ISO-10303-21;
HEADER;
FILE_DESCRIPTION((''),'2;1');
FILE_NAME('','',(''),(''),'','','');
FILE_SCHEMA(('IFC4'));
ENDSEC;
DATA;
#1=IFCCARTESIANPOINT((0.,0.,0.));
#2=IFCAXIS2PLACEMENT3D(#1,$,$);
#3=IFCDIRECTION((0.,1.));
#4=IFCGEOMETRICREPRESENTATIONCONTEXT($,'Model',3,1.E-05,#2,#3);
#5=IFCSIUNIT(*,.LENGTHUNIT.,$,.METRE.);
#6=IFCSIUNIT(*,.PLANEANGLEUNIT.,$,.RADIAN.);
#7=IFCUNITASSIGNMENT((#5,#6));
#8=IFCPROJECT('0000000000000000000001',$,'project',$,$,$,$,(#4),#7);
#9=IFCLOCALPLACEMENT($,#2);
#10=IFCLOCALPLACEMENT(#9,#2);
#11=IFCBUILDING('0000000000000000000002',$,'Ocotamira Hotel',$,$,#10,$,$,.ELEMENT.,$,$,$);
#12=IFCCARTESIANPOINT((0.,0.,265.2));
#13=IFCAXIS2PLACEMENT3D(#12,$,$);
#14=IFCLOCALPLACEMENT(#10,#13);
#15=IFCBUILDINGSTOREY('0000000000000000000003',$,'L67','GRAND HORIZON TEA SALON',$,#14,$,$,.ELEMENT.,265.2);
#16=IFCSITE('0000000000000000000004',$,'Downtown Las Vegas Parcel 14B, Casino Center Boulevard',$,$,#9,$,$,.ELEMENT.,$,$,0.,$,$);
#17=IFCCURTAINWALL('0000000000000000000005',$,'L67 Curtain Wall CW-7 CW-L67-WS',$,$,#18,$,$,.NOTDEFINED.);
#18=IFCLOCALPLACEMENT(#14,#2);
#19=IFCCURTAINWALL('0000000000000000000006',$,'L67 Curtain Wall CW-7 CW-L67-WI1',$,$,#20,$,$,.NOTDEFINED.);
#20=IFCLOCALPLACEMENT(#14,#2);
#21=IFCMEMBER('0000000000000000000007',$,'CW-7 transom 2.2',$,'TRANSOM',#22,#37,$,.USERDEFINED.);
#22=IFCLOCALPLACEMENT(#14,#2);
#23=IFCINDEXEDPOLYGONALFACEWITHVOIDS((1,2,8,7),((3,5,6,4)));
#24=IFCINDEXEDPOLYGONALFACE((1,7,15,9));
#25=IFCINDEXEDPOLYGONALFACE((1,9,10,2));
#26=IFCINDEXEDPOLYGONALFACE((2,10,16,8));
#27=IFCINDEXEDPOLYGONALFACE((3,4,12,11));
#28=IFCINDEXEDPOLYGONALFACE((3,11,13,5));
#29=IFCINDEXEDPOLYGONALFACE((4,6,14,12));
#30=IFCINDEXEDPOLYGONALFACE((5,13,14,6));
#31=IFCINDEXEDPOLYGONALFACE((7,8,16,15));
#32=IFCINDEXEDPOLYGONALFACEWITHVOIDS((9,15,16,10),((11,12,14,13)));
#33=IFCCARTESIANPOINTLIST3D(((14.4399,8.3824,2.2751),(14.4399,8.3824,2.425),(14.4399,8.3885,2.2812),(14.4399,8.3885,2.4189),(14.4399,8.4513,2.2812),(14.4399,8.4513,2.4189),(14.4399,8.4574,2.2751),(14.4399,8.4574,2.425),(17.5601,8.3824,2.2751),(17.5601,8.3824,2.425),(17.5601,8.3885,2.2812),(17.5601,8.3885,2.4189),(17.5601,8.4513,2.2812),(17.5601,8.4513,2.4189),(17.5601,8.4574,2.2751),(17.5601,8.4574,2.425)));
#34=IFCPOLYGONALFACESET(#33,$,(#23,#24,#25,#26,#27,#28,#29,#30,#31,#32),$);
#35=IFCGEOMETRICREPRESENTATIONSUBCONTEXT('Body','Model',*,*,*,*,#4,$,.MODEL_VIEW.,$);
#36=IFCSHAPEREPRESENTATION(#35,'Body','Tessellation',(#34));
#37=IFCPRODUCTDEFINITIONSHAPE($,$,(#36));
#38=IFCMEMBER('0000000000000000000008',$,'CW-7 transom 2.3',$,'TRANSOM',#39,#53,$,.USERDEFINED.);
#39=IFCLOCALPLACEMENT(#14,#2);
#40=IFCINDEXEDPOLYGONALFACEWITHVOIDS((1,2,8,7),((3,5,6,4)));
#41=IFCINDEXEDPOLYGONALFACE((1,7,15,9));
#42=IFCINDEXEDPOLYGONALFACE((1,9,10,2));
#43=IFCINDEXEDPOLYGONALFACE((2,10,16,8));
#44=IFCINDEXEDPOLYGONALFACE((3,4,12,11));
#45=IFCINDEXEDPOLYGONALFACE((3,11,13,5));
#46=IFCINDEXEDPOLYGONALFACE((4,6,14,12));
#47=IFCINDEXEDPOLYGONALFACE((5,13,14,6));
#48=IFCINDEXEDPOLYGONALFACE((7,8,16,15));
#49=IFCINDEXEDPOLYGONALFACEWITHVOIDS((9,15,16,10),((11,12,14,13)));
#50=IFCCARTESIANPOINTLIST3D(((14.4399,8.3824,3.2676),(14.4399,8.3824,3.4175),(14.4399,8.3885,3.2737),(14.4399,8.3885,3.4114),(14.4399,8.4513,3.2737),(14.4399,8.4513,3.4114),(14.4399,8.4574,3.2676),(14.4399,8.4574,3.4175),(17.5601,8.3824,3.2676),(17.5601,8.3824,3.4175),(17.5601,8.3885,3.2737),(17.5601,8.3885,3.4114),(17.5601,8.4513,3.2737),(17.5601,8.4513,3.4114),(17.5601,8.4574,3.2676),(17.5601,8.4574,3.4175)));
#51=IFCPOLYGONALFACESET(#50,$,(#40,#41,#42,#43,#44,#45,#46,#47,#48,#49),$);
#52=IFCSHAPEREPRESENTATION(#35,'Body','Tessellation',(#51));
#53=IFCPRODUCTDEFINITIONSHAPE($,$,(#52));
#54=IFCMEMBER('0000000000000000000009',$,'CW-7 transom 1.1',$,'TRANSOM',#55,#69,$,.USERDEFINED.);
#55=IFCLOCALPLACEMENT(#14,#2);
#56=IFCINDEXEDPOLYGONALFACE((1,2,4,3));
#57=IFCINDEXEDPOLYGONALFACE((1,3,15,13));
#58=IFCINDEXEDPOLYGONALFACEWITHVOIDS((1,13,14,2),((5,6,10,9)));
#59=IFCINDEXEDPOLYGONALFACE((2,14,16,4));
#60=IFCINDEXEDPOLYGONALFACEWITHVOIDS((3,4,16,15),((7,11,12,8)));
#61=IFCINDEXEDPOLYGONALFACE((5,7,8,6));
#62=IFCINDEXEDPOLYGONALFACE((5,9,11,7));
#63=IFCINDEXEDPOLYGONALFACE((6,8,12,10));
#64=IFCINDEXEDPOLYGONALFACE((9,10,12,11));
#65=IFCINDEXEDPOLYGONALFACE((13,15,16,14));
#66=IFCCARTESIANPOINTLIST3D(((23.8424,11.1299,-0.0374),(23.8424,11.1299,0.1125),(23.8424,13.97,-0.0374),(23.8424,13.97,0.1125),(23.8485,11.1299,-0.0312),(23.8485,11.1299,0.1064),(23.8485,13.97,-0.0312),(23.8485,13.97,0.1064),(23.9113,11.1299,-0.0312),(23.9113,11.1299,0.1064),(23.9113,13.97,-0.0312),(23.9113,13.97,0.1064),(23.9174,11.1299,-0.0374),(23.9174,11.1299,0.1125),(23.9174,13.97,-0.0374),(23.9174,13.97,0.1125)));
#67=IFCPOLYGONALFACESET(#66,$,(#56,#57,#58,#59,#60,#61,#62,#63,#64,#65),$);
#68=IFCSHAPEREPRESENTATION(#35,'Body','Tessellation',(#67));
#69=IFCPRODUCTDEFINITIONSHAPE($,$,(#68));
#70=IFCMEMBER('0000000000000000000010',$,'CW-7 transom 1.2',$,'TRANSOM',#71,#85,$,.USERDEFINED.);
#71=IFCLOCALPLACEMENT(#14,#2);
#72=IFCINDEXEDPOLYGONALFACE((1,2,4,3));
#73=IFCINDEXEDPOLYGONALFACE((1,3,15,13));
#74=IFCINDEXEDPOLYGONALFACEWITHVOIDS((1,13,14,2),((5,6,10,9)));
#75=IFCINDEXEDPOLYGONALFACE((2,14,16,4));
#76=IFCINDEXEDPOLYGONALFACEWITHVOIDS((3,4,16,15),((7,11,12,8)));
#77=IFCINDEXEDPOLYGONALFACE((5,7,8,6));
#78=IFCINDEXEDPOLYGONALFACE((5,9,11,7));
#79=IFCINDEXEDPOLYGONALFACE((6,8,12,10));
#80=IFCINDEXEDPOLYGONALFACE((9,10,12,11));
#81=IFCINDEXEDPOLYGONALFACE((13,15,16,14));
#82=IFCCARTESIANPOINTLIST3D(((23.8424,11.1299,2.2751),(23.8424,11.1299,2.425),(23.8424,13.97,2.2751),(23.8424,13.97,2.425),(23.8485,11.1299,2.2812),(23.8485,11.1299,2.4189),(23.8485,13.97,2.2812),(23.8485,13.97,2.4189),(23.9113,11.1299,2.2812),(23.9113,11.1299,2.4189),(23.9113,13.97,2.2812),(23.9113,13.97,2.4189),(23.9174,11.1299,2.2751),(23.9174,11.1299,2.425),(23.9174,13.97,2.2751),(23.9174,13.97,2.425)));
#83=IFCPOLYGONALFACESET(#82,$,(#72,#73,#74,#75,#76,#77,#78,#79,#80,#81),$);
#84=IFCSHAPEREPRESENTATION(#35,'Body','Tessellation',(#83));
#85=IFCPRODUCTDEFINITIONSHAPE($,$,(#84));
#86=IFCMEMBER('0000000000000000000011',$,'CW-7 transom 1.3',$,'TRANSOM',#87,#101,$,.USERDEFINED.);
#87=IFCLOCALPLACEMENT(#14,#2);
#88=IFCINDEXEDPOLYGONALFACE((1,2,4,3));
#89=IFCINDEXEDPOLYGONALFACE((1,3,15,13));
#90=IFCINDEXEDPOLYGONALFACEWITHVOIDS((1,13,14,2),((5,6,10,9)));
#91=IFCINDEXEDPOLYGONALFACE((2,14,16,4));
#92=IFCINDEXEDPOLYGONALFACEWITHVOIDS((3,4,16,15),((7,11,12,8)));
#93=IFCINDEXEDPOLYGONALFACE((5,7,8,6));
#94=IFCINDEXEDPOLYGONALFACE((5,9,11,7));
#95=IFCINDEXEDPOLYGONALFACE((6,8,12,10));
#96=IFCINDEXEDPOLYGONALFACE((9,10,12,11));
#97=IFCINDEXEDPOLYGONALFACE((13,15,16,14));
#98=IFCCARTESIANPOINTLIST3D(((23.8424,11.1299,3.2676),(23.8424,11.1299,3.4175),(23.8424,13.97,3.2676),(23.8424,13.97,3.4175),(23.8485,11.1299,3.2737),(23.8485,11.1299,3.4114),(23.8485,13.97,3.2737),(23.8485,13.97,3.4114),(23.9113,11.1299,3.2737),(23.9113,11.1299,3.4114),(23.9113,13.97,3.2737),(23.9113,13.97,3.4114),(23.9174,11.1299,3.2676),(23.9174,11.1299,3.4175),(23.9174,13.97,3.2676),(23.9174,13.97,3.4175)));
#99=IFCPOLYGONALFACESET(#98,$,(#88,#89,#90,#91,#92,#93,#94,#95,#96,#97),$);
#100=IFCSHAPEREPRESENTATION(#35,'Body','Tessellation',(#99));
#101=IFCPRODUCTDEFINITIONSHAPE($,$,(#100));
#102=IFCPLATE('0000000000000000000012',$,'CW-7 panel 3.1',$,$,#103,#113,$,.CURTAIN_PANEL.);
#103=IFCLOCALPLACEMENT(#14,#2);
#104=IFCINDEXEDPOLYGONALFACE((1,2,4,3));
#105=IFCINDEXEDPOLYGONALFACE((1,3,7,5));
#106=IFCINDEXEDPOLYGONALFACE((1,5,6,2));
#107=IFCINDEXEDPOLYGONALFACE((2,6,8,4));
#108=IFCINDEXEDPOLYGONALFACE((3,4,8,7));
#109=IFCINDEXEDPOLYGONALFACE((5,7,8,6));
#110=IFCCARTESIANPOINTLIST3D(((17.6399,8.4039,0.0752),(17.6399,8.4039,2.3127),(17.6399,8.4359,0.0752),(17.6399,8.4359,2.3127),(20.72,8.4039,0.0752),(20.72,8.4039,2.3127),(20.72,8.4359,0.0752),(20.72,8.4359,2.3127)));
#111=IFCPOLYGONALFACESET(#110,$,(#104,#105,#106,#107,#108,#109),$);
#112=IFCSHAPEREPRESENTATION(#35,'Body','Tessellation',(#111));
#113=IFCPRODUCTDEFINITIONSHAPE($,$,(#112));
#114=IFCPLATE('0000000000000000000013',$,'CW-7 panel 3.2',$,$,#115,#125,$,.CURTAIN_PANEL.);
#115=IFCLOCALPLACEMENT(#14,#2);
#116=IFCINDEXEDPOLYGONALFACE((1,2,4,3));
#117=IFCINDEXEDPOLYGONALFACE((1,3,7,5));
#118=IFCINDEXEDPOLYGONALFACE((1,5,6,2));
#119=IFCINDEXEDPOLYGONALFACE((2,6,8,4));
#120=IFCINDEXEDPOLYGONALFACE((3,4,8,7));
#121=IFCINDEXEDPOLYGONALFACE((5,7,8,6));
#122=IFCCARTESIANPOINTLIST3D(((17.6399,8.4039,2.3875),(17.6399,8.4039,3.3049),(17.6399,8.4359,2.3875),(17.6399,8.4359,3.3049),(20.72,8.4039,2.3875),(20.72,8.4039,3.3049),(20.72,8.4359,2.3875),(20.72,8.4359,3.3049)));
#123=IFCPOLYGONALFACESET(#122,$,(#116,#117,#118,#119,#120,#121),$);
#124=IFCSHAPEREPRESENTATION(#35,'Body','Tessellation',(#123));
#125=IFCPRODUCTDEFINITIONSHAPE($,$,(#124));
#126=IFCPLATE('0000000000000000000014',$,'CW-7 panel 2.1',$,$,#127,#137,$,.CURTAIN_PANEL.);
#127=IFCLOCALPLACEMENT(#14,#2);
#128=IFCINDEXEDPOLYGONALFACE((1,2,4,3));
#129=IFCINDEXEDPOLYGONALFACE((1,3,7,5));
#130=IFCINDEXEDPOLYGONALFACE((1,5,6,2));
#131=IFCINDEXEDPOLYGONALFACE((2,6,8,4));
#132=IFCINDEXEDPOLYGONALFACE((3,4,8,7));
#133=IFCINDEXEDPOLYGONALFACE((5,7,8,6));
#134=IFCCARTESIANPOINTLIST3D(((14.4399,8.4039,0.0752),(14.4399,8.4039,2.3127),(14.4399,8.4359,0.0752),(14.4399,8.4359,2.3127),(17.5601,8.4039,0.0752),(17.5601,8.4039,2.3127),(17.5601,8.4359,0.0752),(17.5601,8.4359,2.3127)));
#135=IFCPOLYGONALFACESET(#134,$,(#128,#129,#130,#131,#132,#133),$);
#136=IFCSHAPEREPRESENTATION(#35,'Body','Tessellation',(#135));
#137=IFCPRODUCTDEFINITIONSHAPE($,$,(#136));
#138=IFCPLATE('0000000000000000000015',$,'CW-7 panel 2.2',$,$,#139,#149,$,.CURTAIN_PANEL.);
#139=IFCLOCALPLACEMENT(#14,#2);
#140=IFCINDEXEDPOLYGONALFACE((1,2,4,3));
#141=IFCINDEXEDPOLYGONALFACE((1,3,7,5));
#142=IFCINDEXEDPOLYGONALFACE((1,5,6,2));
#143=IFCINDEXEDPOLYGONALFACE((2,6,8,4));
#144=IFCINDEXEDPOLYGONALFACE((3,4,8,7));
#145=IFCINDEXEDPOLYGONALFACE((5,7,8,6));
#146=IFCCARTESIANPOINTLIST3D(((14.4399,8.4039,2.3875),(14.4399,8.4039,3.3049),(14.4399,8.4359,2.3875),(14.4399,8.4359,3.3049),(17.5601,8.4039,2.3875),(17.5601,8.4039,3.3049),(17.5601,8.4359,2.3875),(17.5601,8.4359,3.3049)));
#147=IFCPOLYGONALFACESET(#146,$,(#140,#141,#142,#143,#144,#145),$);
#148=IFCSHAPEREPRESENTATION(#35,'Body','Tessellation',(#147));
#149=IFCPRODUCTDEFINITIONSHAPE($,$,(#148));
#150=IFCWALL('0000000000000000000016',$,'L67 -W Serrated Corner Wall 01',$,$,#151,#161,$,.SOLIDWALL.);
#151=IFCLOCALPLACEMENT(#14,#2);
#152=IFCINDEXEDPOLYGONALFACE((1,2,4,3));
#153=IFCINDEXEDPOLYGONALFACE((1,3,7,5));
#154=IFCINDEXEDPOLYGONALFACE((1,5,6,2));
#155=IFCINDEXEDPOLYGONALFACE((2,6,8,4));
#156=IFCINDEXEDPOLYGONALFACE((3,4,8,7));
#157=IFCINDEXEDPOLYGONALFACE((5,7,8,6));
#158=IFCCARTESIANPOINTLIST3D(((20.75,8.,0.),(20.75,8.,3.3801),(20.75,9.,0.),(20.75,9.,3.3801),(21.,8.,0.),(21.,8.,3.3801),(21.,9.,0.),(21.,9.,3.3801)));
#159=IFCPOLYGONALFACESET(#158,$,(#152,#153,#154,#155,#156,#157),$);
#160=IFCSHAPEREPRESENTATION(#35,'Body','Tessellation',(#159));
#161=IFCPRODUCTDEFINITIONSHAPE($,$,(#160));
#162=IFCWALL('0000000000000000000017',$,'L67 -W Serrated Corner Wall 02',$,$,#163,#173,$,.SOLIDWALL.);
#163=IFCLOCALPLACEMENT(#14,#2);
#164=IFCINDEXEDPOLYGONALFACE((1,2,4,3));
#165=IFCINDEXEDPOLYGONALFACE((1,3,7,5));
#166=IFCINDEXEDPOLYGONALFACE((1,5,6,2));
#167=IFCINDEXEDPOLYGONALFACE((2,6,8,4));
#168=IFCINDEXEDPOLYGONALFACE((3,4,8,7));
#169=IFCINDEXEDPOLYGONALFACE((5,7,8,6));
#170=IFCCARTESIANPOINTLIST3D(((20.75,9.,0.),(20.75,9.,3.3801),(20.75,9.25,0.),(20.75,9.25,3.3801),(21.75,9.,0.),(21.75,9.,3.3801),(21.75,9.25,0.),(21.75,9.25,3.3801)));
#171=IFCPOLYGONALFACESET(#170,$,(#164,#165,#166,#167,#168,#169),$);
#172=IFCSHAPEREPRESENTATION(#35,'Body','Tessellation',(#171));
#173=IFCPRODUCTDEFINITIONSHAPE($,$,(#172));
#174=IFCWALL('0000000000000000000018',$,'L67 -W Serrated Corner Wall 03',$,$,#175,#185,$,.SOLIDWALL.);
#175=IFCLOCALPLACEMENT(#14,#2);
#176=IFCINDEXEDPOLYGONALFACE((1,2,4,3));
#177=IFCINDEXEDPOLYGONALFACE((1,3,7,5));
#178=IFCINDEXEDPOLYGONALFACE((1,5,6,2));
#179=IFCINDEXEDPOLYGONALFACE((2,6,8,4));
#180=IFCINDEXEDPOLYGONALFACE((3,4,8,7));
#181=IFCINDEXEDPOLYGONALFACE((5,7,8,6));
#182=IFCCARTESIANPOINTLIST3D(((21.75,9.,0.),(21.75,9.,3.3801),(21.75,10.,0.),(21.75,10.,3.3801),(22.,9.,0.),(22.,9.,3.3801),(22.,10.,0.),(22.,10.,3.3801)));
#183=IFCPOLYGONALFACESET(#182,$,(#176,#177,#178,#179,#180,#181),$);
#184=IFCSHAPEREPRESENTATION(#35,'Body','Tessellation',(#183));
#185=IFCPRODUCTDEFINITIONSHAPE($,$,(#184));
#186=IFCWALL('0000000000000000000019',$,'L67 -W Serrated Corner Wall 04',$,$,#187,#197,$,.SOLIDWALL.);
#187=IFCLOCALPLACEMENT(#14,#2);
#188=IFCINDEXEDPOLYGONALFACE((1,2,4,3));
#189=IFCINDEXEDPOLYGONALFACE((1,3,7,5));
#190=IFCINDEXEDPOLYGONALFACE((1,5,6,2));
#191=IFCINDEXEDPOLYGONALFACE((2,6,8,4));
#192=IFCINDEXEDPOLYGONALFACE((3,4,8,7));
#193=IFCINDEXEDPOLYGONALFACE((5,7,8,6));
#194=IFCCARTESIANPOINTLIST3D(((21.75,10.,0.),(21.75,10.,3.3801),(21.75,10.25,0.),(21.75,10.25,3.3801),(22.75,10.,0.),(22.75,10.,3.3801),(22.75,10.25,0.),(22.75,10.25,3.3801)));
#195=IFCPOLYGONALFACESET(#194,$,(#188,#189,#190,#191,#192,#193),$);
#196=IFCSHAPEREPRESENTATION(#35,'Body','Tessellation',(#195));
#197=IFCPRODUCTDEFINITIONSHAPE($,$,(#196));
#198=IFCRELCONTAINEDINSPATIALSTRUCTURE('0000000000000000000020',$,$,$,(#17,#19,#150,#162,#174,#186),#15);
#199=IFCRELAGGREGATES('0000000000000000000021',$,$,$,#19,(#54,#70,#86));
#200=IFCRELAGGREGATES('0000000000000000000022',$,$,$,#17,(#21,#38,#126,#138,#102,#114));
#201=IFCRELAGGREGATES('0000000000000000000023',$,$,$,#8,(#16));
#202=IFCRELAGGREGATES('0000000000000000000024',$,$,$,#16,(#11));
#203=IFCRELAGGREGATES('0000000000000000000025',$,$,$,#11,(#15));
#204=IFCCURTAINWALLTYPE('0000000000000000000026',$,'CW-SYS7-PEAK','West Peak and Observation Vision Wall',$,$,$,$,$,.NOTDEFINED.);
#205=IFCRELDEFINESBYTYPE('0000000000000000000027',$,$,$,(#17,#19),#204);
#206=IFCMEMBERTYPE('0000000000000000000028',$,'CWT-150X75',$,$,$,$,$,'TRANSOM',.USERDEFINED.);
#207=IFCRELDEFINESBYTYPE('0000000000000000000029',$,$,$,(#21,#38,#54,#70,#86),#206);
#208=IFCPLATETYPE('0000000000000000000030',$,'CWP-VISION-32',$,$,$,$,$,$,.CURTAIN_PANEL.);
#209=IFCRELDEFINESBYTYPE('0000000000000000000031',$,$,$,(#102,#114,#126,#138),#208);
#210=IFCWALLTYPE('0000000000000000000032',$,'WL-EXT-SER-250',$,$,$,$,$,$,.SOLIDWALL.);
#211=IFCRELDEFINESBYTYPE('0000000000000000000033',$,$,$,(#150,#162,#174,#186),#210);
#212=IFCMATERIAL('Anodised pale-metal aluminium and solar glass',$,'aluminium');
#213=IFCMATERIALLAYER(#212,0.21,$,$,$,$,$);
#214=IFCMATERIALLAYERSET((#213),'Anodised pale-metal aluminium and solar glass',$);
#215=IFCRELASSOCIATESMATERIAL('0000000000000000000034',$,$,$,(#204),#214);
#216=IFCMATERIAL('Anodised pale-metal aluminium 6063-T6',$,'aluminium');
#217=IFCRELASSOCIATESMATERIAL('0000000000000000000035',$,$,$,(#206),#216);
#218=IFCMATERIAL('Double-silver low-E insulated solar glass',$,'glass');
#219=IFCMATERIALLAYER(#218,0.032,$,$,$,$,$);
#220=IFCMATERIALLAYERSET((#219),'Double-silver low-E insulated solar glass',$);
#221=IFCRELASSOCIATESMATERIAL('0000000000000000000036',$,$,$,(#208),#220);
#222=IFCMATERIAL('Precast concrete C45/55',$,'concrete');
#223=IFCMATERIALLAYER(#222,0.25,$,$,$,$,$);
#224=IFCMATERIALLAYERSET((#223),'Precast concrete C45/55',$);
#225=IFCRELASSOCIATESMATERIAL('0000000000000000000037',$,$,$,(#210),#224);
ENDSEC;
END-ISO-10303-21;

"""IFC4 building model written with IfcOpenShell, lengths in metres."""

from ifc_helpers import new_model, si_unit, direction, frame, frame_2d, origin, origin_2d, place, context, subcontext, project, spatial, rectangle, hollow_rectangle, extrude, source, transform, mapped, material, layer, layer_set, material_profile, profile_set, type_object, element, aggregate, save


model = new_model("IFC4")

# Units and contexts
model_context = context("Model", 3, precision=1e-05, world=origin(), true_north=direction((0.0, 1.0)))
body_context = subcontext(model_context, "Body", "Model", "MODEL_VIEW")
ifc_project = project(units=[si_unit("LENGTHUNIT", "METRE"), si_unit("PLANEANGLEUNIT", "RADIAN")], contexts=[model_context])

# Site, building, storey
site_placement = place(None, origin())
site = spatial("IfcSite", under=ifc_project, at=site_placement, Name="Downtown Las Vegas Parcel 14B, Casino Center Boulevard", CompositionType="ELEMENT", RefElevation=0.0)
building_placement = place(site_placement, origin())
building = spatial("IfcBuilding", under=site, at=building_placement, Name="Ocotamira Hotel", CompositionType="ELEMENT")
storey_placement = place(building_placement, frame((0.0, 0.0, 265.2)))
storey = spatial("IfcBuildingStorey", under=building, at=storey_placement, Name="L67", Description="GRAND HORIZON TEA SALON", CompositionType="ELEMENT", Elevation=265.2)

# Curtain wall
ifc_material_1 = material(Name="Anodised pale-metal aluminium and solar glass", Category="aluminium")
ifc_layer_1 = layer(ifc_material_1, 0.21)
ifc_layer_set_1 = layer_set([ifc_layer_1], Name="Anodised pale-metal aluminium and solar glass")
curtain_wall_type = type_object("IfcCurtainWallType", Name="CW-SYS7-PEAK", Description="West Peak and Observation Vision Wall", PredefinedType="NOTDEFINED", material=ifc_layer_set_1)
curtain_wall_1_placement = place(storey_placement, origin())
curtain_wall_1 = element("IfcCurtainWall", 1, at=curtain_wall_1_placement, inside=storey, type_object=curtain_wall_type, Name="L67 Curtain Wall CW-7 CW-L67-WS", PredefinedType="NOTDEFINED")
ifc_material_2 = material(Name="Anodised pale-metal aluminium 6063-T6", Category="aluminium")

# Curtain wall
curtain_wall_2_placement = place(storey_placement, origin())
curtain_wall_2 = element("IfcCurtainWall", 2, at=curtain_wall_2_placement, inside=storey, type_object=curtain_wall_type, Name="L67 Curtain Wall CW-7 CW-L67-WI1", PredefinedType="NOTDEFINED")

# Members
ifc_material_profile_1 = material_profile(ifc_material_2, hollow_rectangle(XDim=0.075, YDim=0.1499, WallThickness=0.0061, at=origin_2d()), Name="HSS150X75X6")
ifc_profile_set_1 = profile_set([ifc_material_profile_1], Name="Anodised pale-metal aluminium 6063-T6")
member_type_1 = type_object("IfcMemberType", Name="CWT-150X75", ElementType="TRANSOM", PredefinedType="USERDEFINED", material=ifc_profile_set_1)
shared_shape_1 = source(origin(), body_context, "Body", "SweptSolid", [
    extrude(hollow_rectangle(XDim=0.075, YDim=0.1499, WallThickness=0.0061, at=origin_2d()), origin(), (0.0, 0.0, 1.0), 3.1201),
])
member_1_placement = place(storey_placement, frame((14.4399, 8.4199, 2.3501), z_axis=(1.0, 0.0, 0.0), x_axis=(0.0, 1.0, 0.0)))
member_1 = element("IfcMember", 3, at=member_1_placement, type_object=member_type_1, Name="CW-7 transom 2.2", ObjectType="TRANSOM", PredefinedType="USERDEFINED", context=body_context, shape_type="MappedRepresentation", body=[
    mapped(shared_shape_1, transform((0.0, 0.0, 0.0), scale=1.0)),
])
member_2_placement = place(storey_placement, frame((14.4399, 8.4199, 3.3425), z_axis=(1.0, 0.0, 0.0), x_axis=(0.0, 1.0, 0.0)))
member_2 = element("IfcMember", 4, at=member_2_placement, type_object=member_type_1, Name="CW-7 transom 2.3", ObjectType="TRANSOM", PredefinedType="USERDEFINED", context=body_context, shape_type="MappedRepresentation", body=[
    mapped(shared_shape_1, transform((0.0, 0.0, 0.0), scale=1.0)),
])
shared_shape_2 = source(origin(), body_context, "Body", "SweptSolid", [
    extrude(hollow_rectangle(XDim=0.075, YDim=0.1499, WallThickness=0.0061, at=origin_2d()), origin(), (0.0, 0.0, 1.0), 2.8401),
])
member_3_placement = place(storey_placement, frame((23.8799, 11.1299, 0.0376), z_axis=(0.0, 1.0, 0.0), x_axis=(-1.0, 0.0, 0.0)))
member_3 = element("IfcMember", 5, at=member_3_placement, type_object=member_type_1, Name="CW-7 transom 1.1", ObjectType="TRANSOM", PredefinedType="USERDEFINED", context=body_context, shape_type="MappedRepresentation", body=[
    mapped(shared_shape_2, transform((0.0, 0.0, 0.0), scale=1.0)),
])
member_4_placement = place(storey_placement, frame((23.8799, 11.1299, 2.3501), z_axis=(0.0, 1.0, 0.0), x_axis=(-1.0, 0.0, 0.0)))
member_4 = element("IfcMember", 6, at=member_4_placement, type_object=member_type_1, Name="CW-7 transom 1.2", ObjectType="TRANSOM", PredefinedType="USERDEFINED", context=body_context, shape_type="MappedRepresentation", body=[
    mapped(shared_shape_2, transform((0.0, 0.0, 0.0), scale=1.0)),
])
member_5_placement = place(storey_placement, frame((23.8799, 11.1299, 3.3425), z_axis=(0.0, 1.0, 0.0), x_axis=(-1.0, 0.0, 0.0)))
member_5 = element("IfcMember", 7, at=member_5_placement, type_object=member_type_1, Name="CW-7 transom 1.3", ObjectType="TRANSOM", PredefinedType="USERDEFINED", context=body_context, shape_type="MappedRepresentation", body=[
    mapped(shared_shape_2, transform((0.0, 0.0, 0.0), scale=1.0)),
])
aggregate(curtain_wall_2, [member_3, member_4, member_5])

# Plates
ifc_material_3 = material(Name="Double-silver low-E insulated solar glass", Category="glass")
ifc_layer_2 = layer(ifc_material_3, 0.032)
ifc_layer_set_2 = layer_set([ifc_layer_2], Name="Double-silver low-E insulated solar glass")
plate_type = type_object("IfcPlateType", Name="CWP-VISION-32", PredefinedType="CURTAIN_PANEL", material=ifc_layer_set_2)
shared_shape_3 = source(origin(), body_context, "Body", "SweptSolid", [
    extrude(rectangle(XDim=3.0801, YDim=0.032, at=origin_2d()), origin(), (0.0, 0.0, 1.0), 2.2375),
])
plate_1_placement = place(storey_placement, frame((19.1799, 8.4199, 0.0752), z_axis=(0.0, 0.0, 1.0), x_axis=(1.0, 0.0, 0.0)))
plate_1 = element("IfcPlate", 8, at=plate_1_placement, type_object=plate_type, Name="CW-7 panel 3.1", PredefinedType="CURTAIN_PANEL", context=body_context, shape_type="MappedRepresentation", body=[
    mapped(shared_shape_3, transform((0.0, 0.0, 0.0), scale=1.0)),
])
shared_shape_4 = source(origin(), body_context, "Body", "SweptSolid", [
    extrude(rectangle(XDim=3.0801, YDim=0.032, at=origin_2d()), origin(), (0.0, 0.0, 1.0), 0.9175),
])
plate_2_placement = place(storey_placement, frame((19.1799, 8.4199, 2.3875), z_axis=(0.0, 0.0, 1.0), x_axis=(1.0, 0.0, 0.0)))
plate_2 = element("IfcPlate", 9, at=plate_2_placement, type_object=plate_type, Name="CW-7 panel 3.2", PredefinedType="CURTAIN_PANEL", context=body_context, shape_type="MappedRepresentation", body=[
    mapped(shared_shape_4, transform((0.0, 0.0, 0.0), scale=1.0)),
])
shared_shape_5 = source(origin(), body_context, "Body", "SweptSolid", [
    extrude(rectangle(XDim=3.1201, YDim=0.032, at=origin_2d()), origin(), (0.0, 0.0, 1.0), 2.2375),
])
plate_3_placement = place(storey_placement, frame((16.0, 8.4199, 0.0752), z_axis=(0.0, 0.0, 1.0), x_axis=(1.0, 0.0, 0.0)))
plate_3 = element("IfcPlate", 10, at=plate_3_placement, type_object=plate_type, Name="CW-7 panel 2.1", PredefinedType="CURTAIN_PANEL", context=body_context, shape_type="MappedRepresentation", body=[
    mapped(shared_shape_5, transform((0.0, 0.0, 0.0), scale=1.0)),
])
shared_shape_6 = source(origin(), body_context, "Body", "SweptSolid", [
    extrude(rectangle(XDim=3.1201, YDim=0.032, at=origin_2d()), origin(), (0.0, 0.0, 1.0), 0.9175),
])
plate_4_placement = place(storey_placement, frame((16.0, 8.4199, 2.3875), z_axis=(0.0, 0.0, 1.0), x_axis=(1.0, 0.0, 0.0)))
plate_4 = element("IfcPlate", 11, at=plate_4_placement, type_object=plate_type, Name="CW-7 panel 2.2", PredefinedType="CURTAIN_PANEL", context=body_context, shape_type="MappedRepresentation", body=[
    mapped(shared_shape_6, transform((0.0, 0.0, 0.0), scale=1.0)),
])
aggregate(curtain_wall_1, [member_1, member_2, plate_3, plate_4, plate_1, plate_2])

# Walls
ifc_material_4 = material(Name="Precast concrete C45/55", Category="concrete")
ifc_layer_3 = layer(ifc_material_4, 0.25)
ifc_layer_set_3 = layer_set([ifc_layer_3], Name="Precast concrete C45/55")
wall_type_1 = type_object("IfcWallType", Name="WL-EXT-SER-250", PredefinedType="SOLIDWALL", material=ifc_layer_set_3)
for number, where, z_axis, x_axis, name in (
    (12, (20.875, 8.0, 0.0), (0.0, 0.0, 1.0), (0.0, 1.0, 0.0), "L67 -W Serrated Corner Wall 01"),
    (13, (20.75, 9.125, 0.0), (0.0, 0.0, 1.0), (1.0, 0.0, 0.0), "L67 -W Serrated Corner Wall 02"),
    (14, (21.875, 9.0, 0.0), (0.0, 0.0, 1.0), (0.0, 1.0, 0.0), "L67 -W Serrated Corner Wall 03"),
    (15, (21.75, 10.125, 0.0), (0.0, 0.0, 1.0), (1.0, 0.0, 0.0), "L67 -W Serrated Corner Wall 04"),
):
    element("IfcWall", number, at=place(storey_placement, frame(where, z_axis=z_axis, x_axis=x_axis)), inside=storey, type_object=wall_type_1, Name=name, PredefinedType="SOLIDWALL", context=body_context, shape_type="SweptSolid", body=[
        extrude(rectangle(XDim=1.0, YDim=0.25, at=frame_2d((0.5, 0.0))), origin(), (0.0, 0.0, 1.0), 3.3801),
    ])

save(model, "model.ifc")
